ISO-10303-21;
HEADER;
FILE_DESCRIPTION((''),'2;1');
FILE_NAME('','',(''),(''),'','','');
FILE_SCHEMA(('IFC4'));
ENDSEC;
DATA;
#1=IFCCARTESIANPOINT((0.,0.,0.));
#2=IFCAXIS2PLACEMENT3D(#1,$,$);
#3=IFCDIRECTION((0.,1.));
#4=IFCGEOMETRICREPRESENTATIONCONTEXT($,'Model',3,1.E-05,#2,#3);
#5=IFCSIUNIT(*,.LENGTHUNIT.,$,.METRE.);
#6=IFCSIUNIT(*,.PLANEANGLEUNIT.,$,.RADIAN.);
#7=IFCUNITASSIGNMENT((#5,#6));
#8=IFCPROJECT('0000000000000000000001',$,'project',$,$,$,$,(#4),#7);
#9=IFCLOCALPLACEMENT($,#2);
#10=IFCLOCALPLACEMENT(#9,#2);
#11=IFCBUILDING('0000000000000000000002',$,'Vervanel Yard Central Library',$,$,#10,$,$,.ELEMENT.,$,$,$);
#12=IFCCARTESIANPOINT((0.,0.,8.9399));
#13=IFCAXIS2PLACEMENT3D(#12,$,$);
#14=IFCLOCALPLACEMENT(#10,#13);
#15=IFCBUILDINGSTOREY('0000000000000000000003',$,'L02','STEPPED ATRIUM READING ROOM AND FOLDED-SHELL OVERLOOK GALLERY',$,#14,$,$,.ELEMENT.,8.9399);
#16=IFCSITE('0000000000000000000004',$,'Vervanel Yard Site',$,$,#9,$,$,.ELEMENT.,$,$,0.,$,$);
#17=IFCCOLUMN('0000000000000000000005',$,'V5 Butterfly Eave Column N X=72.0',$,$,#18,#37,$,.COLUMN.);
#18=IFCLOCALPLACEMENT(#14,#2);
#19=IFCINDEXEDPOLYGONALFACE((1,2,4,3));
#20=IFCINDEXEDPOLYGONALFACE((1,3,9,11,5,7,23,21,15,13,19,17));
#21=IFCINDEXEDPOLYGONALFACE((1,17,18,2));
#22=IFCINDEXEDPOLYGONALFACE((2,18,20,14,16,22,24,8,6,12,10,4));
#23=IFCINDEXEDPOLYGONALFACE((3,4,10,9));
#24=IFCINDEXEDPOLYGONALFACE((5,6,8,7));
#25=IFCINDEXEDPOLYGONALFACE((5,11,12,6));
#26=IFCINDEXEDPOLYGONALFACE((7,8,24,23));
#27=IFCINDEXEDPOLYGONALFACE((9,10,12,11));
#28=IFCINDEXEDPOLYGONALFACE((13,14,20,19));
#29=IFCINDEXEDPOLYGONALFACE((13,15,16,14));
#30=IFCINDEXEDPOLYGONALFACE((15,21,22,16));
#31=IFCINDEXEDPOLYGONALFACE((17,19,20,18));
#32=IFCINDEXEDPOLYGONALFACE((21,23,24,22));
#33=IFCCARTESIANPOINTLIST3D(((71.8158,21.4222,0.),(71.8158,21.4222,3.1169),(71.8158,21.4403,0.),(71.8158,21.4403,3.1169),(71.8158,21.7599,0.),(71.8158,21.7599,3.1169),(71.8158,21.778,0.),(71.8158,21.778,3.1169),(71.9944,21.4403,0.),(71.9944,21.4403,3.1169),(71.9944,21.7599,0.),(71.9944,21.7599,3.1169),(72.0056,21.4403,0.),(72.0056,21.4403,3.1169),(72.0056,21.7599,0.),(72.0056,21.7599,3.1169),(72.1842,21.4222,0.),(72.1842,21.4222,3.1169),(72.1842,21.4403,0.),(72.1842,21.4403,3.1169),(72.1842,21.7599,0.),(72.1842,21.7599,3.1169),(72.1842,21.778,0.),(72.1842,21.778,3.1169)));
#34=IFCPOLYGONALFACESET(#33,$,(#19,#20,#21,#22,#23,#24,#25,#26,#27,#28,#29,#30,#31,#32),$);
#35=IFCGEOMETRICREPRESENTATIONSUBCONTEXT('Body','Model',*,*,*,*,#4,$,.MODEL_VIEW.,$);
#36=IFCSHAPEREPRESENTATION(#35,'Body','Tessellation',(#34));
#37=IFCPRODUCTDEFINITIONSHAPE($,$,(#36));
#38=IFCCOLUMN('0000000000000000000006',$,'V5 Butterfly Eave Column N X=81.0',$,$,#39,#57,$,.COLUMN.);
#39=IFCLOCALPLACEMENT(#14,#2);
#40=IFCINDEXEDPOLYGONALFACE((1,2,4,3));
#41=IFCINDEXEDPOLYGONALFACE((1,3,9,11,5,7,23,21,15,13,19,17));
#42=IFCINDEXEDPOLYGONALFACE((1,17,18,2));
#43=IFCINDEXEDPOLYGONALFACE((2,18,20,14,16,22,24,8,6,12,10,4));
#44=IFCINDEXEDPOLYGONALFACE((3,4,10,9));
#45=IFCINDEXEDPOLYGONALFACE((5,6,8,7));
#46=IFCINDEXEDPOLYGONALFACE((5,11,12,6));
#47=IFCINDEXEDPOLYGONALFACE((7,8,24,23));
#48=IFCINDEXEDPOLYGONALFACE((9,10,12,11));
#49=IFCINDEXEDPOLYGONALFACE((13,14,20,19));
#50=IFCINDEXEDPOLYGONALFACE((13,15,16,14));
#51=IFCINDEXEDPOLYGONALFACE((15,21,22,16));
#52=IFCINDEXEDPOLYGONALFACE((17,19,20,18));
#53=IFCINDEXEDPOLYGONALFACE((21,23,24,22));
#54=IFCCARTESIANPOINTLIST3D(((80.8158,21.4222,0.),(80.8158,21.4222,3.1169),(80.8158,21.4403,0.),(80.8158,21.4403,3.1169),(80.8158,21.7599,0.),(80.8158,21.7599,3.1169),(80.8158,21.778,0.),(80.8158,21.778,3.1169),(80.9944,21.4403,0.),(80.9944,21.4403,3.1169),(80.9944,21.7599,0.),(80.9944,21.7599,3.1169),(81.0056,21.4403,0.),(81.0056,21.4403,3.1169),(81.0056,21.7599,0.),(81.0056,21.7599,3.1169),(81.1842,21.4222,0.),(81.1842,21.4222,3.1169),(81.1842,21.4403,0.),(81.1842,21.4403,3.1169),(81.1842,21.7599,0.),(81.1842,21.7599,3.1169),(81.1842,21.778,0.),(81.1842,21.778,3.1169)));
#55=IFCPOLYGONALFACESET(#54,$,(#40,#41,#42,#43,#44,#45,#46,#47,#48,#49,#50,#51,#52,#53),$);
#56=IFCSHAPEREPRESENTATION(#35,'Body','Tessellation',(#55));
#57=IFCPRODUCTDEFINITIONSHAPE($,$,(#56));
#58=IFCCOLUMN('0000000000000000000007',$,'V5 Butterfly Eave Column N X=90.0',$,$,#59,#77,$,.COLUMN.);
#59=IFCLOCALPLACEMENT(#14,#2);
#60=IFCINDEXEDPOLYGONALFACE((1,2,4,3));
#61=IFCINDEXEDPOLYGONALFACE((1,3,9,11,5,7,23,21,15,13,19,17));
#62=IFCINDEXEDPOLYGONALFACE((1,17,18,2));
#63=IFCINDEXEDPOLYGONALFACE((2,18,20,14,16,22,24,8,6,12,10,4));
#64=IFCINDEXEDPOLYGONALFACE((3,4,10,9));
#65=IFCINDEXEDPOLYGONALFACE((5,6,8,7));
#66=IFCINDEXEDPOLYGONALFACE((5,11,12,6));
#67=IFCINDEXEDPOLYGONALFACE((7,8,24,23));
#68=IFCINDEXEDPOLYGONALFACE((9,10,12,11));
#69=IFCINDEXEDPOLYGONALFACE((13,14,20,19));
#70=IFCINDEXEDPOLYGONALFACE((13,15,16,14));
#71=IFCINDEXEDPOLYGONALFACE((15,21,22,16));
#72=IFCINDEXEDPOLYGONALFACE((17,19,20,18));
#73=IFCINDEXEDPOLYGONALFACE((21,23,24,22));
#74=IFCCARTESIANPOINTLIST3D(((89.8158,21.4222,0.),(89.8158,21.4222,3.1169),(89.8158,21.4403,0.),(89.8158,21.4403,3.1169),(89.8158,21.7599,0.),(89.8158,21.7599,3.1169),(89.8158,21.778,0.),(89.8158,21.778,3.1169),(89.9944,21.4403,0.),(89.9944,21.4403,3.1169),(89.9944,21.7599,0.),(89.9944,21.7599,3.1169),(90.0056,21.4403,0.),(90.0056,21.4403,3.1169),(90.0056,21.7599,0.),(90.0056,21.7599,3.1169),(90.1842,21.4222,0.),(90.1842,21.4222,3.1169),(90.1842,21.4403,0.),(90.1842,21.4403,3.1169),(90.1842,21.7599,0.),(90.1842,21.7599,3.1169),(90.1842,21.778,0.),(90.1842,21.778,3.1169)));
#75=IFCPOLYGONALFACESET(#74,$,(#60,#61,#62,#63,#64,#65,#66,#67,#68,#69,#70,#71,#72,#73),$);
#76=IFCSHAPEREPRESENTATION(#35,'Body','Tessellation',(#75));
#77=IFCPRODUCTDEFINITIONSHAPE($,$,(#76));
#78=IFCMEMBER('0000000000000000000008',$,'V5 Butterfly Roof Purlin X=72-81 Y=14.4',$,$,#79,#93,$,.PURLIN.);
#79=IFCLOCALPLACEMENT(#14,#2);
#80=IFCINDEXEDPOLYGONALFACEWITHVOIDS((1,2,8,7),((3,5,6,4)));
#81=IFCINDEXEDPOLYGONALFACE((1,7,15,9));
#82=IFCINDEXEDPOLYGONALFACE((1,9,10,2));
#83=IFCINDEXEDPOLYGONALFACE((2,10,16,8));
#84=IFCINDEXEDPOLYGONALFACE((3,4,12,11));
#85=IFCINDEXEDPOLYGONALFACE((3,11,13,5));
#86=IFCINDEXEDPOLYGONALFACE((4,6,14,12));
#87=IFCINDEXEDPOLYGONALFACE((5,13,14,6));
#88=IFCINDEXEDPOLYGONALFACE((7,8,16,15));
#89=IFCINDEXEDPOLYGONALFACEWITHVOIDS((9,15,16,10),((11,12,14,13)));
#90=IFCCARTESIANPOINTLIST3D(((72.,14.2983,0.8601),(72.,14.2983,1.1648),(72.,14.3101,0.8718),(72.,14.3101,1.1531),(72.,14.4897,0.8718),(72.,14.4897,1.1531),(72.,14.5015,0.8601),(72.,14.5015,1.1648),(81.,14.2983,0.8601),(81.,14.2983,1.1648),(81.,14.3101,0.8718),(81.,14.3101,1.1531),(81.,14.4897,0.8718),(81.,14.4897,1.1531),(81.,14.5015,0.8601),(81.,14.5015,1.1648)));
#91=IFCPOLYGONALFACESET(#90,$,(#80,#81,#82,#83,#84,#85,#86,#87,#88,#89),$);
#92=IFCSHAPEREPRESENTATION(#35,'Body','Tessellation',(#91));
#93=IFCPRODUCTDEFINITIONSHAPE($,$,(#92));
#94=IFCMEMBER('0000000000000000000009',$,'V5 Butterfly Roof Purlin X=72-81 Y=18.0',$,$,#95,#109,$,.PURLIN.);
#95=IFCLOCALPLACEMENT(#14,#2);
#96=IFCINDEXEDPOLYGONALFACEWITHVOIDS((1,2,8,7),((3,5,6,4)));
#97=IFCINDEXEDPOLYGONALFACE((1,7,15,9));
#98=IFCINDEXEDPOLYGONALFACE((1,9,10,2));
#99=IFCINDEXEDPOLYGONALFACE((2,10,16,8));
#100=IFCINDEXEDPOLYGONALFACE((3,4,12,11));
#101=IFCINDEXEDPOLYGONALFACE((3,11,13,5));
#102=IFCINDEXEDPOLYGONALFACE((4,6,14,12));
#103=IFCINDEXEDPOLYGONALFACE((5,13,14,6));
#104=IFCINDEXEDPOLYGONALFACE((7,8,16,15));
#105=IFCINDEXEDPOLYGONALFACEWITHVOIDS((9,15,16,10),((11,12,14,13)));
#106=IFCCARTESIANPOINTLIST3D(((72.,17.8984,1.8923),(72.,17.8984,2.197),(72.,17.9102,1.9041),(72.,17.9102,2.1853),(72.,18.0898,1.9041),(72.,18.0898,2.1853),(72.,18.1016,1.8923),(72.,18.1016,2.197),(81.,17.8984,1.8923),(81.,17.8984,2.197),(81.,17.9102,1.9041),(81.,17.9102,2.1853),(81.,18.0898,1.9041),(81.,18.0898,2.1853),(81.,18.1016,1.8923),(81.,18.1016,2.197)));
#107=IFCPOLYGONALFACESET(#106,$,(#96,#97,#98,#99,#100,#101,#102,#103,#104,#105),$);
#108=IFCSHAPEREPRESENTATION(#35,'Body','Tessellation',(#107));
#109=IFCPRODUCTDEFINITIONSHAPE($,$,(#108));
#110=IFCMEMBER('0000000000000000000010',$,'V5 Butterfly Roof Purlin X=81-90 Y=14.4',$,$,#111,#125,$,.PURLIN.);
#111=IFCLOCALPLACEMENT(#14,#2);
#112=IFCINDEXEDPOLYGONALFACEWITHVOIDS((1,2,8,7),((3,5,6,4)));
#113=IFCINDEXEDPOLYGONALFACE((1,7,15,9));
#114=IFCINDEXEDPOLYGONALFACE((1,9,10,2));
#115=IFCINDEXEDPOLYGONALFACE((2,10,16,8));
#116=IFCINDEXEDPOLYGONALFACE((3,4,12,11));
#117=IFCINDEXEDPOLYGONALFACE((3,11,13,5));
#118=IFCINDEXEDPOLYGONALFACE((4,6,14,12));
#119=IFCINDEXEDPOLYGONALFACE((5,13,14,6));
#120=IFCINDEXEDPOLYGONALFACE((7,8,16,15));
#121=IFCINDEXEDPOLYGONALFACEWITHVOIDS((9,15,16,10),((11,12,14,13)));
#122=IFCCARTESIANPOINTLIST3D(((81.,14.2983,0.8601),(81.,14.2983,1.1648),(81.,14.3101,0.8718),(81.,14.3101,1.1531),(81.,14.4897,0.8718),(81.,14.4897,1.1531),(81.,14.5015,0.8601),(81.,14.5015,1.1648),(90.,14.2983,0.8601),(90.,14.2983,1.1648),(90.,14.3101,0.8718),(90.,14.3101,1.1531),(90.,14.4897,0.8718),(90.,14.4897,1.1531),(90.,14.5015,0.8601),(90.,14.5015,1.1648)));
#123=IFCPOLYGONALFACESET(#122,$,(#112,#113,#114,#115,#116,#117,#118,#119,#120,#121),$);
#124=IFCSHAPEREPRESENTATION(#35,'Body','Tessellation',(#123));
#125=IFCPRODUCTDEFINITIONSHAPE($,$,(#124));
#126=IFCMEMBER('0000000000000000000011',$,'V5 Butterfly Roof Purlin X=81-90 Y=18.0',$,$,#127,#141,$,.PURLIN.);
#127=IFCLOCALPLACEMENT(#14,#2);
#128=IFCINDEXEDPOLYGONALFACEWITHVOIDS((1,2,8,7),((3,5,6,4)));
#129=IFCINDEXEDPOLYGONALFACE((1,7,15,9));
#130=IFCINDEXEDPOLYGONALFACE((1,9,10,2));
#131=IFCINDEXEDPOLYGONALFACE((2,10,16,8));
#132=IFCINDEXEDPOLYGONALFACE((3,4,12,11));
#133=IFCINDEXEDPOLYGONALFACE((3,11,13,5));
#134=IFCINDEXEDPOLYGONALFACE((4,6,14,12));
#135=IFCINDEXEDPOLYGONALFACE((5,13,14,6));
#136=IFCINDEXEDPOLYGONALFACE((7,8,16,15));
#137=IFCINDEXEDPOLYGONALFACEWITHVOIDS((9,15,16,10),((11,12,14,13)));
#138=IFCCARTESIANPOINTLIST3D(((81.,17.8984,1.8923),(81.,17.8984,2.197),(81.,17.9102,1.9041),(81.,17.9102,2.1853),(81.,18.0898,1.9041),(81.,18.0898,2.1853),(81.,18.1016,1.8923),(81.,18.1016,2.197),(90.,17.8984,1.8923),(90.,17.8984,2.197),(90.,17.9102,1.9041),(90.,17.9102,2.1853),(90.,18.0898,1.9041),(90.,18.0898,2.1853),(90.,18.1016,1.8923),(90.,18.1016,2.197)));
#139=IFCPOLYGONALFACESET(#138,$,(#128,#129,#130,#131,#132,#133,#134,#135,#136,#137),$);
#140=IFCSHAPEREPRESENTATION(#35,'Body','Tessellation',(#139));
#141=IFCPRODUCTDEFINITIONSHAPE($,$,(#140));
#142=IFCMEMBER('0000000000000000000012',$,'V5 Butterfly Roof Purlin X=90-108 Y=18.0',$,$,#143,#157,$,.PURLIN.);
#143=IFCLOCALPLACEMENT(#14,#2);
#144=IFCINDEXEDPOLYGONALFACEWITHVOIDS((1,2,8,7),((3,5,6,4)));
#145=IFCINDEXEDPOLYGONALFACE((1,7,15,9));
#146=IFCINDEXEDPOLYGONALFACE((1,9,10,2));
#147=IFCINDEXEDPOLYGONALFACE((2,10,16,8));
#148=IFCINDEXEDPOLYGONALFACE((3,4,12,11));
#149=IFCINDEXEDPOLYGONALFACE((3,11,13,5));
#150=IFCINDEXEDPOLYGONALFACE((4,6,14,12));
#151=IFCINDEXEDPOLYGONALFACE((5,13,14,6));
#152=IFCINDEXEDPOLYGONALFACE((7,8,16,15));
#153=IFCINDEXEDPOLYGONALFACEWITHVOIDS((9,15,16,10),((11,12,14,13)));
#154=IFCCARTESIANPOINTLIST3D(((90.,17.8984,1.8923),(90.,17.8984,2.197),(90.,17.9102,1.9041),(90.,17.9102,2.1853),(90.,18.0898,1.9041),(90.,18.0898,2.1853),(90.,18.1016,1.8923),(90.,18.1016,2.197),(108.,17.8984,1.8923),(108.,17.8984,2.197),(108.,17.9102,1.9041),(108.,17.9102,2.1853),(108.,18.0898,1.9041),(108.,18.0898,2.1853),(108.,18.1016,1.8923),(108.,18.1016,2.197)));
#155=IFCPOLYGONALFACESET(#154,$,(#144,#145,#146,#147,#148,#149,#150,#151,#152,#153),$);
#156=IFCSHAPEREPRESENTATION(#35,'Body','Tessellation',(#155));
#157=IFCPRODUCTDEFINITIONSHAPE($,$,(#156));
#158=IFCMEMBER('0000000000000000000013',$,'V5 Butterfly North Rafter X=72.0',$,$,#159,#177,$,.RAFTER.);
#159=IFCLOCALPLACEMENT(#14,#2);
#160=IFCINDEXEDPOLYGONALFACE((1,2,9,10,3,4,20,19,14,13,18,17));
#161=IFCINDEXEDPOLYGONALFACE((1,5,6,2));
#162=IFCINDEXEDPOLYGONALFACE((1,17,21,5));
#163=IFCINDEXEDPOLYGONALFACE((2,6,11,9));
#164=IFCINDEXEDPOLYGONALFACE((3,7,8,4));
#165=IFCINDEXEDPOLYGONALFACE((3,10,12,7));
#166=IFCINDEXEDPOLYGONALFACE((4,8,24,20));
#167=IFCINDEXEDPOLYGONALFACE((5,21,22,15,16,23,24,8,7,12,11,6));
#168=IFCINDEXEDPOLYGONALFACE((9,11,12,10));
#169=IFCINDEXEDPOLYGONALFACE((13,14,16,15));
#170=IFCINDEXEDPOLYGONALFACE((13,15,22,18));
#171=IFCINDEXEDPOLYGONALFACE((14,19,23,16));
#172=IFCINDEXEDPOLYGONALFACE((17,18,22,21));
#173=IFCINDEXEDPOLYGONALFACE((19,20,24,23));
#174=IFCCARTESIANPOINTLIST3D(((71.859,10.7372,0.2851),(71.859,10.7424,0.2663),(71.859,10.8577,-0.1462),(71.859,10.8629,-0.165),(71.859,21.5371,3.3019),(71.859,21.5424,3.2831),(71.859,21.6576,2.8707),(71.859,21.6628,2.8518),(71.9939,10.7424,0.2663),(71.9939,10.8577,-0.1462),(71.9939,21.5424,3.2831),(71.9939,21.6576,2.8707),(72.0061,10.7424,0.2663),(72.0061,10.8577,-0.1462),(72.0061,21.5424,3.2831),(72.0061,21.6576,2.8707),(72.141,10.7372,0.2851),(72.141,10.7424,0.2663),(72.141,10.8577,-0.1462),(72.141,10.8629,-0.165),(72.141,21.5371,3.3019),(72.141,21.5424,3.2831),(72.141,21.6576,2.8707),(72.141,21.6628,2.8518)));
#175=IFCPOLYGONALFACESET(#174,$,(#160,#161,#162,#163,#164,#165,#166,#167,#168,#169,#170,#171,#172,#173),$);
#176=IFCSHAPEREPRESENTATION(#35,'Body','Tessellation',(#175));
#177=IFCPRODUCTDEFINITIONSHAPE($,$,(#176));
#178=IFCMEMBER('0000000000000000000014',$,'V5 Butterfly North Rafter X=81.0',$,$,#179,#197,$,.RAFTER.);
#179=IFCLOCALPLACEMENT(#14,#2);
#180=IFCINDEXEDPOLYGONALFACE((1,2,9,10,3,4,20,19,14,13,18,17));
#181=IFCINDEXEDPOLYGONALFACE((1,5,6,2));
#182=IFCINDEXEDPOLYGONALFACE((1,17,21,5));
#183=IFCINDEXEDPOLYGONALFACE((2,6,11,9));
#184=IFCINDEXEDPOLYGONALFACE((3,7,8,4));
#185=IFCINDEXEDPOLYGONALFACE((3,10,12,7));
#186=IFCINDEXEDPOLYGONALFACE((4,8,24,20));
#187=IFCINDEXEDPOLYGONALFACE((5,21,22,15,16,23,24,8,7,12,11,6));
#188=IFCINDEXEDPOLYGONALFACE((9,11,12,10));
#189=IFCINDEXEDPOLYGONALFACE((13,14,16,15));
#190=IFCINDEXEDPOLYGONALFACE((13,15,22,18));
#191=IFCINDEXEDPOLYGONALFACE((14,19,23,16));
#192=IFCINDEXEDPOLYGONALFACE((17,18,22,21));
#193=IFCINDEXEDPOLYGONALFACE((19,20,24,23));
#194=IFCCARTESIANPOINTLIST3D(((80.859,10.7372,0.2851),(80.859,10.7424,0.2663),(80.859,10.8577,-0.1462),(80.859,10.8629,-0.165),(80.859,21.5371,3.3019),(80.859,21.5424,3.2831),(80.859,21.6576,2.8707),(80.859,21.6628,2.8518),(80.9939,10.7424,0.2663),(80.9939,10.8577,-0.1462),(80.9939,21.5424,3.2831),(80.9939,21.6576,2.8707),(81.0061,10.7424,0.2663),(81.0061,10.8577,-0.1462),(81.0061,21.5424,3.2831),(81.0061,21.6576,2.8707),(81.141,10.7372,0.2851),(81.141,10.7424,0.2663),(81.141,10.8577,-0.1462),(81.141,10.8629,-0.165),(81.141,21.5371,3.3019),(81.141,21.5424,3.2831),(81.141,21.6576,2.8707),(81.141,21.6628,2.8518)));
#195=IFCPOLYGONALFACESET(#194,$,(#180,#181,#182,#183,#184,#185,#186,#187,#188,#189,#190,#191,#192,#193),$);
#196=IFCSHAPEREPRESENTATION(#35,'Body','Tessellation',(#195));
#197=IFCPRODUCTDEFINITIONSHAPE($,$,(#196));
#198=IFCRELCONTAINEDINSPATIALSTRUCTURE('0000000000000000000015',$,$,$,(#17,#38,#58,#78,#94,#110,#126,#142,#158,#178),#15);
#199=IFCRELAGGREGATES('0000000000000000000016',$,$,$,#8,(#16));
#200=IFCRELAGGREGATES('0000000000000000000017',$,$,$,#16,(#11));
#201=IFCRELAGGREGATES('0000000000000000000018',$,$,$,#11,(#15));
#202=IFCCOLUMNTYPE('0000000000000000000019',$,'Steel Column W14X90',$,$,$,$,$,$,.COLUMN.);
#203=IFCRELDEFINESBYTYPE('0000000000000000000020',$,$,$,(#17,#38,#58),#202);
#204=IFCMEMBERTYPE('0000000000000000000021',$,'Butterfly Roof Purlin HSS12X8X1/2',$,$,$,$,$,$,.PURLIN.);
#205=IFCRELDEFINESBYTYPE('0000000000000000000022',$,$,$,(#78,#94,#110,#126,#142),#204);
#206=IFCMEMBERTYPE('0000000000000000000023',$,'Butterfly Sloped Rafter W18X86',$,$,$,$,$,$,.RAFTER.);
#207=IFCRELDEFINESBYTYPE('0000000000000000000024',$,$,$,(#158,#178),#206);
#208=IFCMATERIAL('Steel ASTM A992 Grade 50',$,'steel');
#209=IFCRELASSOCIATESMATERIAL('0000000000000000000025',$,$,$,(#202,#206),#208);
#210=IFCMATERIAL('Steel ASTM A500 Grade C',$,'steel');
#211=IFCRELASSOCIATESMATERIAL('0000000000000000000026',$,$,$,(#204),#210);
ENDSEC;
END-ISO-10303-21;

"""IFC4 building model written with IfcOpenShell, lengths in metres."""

from ifc_helpers import new_model, si_unit, direction, frame, origin, origin_2d, place, context, subcontext, project, spatial, hollow_rectangle, i_section, extrude, material, material_profile, profile_set, type_object, element, save


model = new_model("IFC4")

# Units and contexts
model_context = context("Model", 3, precision=1e-05, world=origin(), true_north=direction((0.0, 1.0)))
body_context = subcontext(model_context, "Body", "Model", "MODEL_VIEW")
ifc_project = project(units=[si_unit("LENGTHUNIT", "METRE"), si_unit("PLANEANGLEUNIT", "RADIAN")], contexts=[model_context])

# Site, building, storey
site_placement = place(None, origin())
site = spatial("IfcSite", under=ifc_project, at=site_placement, Name="Vervanel Yard Site", CompositionType="ELEMENT", RefElevation=0.0)
building_placement = place(site_placement, origin())
building = spatial("IfcBuilding", under=site, at=building_placement, Name="Vervanel Yard Central Library", CompositionType="ELEMENT")
storey_placement = place(building_placement, frame((0.0, 0.0, 8.9399)))
storey = spatial("IfcBuildingStorey", under=building, at=storey_placement, Name="L02", Description="STEPPED ATRIUM READING ROOM AND FOLDED-SHELL OVERLOOK GALLERY", CompositionType="ELEMENT", Elevation=8.9399)

# Columns
ifc_material_1 = material(Name="Steel ASTM A992 Grade 50", Category="steel")
ifc_material_profile_1 = material_profile(ifc_material_1, i_section(OverallWidth=0.3684, OverallDepth=0.3557, WebThickness=0.0112, FlangeThickness=0.0181, at=origin_2d()), Name="W14X90", Category="steel")
ifc_profile_set_1 = profile_set([ifc_material_profile_1], Name="Steel ASTM A992 Grade 50")
column_type = type_object("IfcColumnType", Name="Steel Column W14X90", PredefinedType="COLUMN", material=ifc_profile_set_1)
for number, where, z_axis, x_axis, name in (
    (1, (72.0, 21.6001, 0.0), (0.0, 0.0, 1.0), (1.0, 0.0, 0.0), "V5 Butterfly Eave Column N X=72.0"),
    (2, (81.0, 21.6001, 0.0), (0.0, 0.0, 1.0), (1.0, 0.0, 0.0), "V5 Butterfly Eave Column N X=81.0"),
    (3, (90.0, 21.6001, 0.0), (0.0, 0.0, 1.0), (1.0, 0.0, 0.0), "V5 Butterfly Eave Column N X=90.0"),
):
    element("IfcColumn", number, at=place(storey_placement, frame(where, z_axis=z_axis, x_axis=x_axis)), inside=storey, type_object=column_type, Name=name, PredefinedType="COLUMN", context=body_context, shape_type="SweptSolid", body=[
        extrude(i_section(OverallWidth=0.3684, OverallDepth=0.3557, WebThickness=0.0112, FlangeThickness=0.0181, at=origin_2d()), origin(), (0.0, 0.0, 1.0), 3.1169),
    ])

# Members
ifc_material_2 = material(Name="Steel ASTM A500 Grade C", Category="steel")
ifc_material_profile_2 = material_profile(ifc_material_2, hollow_rectangle(XDim=0.2031, YDim=0.3047, WallThickness=0.0117, at=origin_2d()), Name="HSS12X8X1/2", Category="steel")
ifc_profile_set_2 = profile_set([ifc_material_profile_2], Name="Steel ASTM A500 Grade C")
member_type_1 = type_object("IfcMemberType", Name="Butterfly Roof Purlin HSS12X8X1/2", PredefinedType="PURLIN", material=ifc_profile_set_2)
for number, where, z_axis, x_axis, name in (
    (4, (72.0, 14.3999, 1.0125), (1.0, 0.0, 0.0), (0.0, 1.0, 0.0), "V5 Butterfly Roof Purlin X=72-81 Y=14.4"),
    (5, (72.0, 18.0, 2.0447), (1.0, 0.0, 0.0), (0.0, 1.0, 0.0), "V5 Butterfly Roof Purlin X=72-81 Y=18.0"),
    (6, (81.0, 14.3999, 1.0125), (1.0, 0.0, 0.0), (0.0, 1.0, 0.0), "V5 Butterfly Roof Purlin X=81-90 Y=14.4"),
    (7, (81.0, 18.0, 2.0447), (1.0, 0.0, 0.0), (0.0, 1.0, 0.0), "V5 Butterfly Roof Purlin X=81-90 Y=18.0"),
):
    element("IfcMember", number, at=place(storey_placement, frame(where, z_axis=z_axis, x_axis=x_axis)), inside=storey, type_object=member_type_1, Name=name, PredefinedType="PURLIN", context=body_context, shape_type="SweptSolid", body=[
        extrude(hollow_rectangle(XDim=0.2031, YDim=0.3047, WallThickness=0.0117, at=origin_2d()), origin(), (0.0, 0.0, 1.0), 9.0),
    ])
member_placement = place(storey_placement, frame((90.0, 18.0, 2.0447), z_axis=(1.0, 0.0, 0.0), x_axis=(0.0, 1.0, 0.0)))
element("IfcMember", 8, at=member_placement, inside=storey, type_object=member_type_1, Name="V5 Butterfly Roof Purlin X=90-108 Y=18.0", PredefinedType="PURLIN", context=body_context, shape_type="SweptSolid", body=[
    extrude(hollow_rectangle(XDim=0.2031, YDim=0.3047, WallThickness=0.0117, at=origin_2d()), origin(), (0.0, 0.0, 1.0), 18.0),
])
ifc_material_profile_3 = material_profile(ifc_material_1, i_section(OverallWidth=0.282, OverallDepth=0.4673, WebThickness=0.0122, FlangeThickness=0.0195, at=origin_2d()), Name="W18X86", Category="steel")
ifc_profile_set_3 = profile_set([ifc_material_profile_3], Name="Steel ASTM A992 Grade 50")
member_type_2 = type_object("IfcMemberType", Name="Butterfly Sloped Rafter W18X86", PredefinedType="RAFTER", material=ifc_profile_set_3)
for number, where, z_axis, x_axis, name in (
    (9, (72.0, 10.8, 0.0601), (0.0, 0.96313, 0.269037), (-1.0, 0.0, 0.0), "V5 Butterfly North Rafter X=72.0"),
    (10, (81.0, 10.8, 0.0601), (0.0, 0.96313, 0.269037), (-1.0, 0.0, 0.0), "V5 Butterfly North Rafter X=81.0"),
):
    element("IfcMember", number, at=place(storey_placement, frame(where, z_axis=z_axis, x_axis=x_axis)), inside=storey, type_object=member_type_2, Name=name, PredefinedType="RAFTER", context=body_context, shape_type="SweptSolid", body=[
        extrude(i_section(OverallWidth=0.282, OverallDepth=0.4673, WebThickness=0.0122, FlangeThickness=0.0195, at=origin_2d()), origin(), (0.0, 0.0, 1.0), 11.2134),
    ])

save(model, "model.ifc")
